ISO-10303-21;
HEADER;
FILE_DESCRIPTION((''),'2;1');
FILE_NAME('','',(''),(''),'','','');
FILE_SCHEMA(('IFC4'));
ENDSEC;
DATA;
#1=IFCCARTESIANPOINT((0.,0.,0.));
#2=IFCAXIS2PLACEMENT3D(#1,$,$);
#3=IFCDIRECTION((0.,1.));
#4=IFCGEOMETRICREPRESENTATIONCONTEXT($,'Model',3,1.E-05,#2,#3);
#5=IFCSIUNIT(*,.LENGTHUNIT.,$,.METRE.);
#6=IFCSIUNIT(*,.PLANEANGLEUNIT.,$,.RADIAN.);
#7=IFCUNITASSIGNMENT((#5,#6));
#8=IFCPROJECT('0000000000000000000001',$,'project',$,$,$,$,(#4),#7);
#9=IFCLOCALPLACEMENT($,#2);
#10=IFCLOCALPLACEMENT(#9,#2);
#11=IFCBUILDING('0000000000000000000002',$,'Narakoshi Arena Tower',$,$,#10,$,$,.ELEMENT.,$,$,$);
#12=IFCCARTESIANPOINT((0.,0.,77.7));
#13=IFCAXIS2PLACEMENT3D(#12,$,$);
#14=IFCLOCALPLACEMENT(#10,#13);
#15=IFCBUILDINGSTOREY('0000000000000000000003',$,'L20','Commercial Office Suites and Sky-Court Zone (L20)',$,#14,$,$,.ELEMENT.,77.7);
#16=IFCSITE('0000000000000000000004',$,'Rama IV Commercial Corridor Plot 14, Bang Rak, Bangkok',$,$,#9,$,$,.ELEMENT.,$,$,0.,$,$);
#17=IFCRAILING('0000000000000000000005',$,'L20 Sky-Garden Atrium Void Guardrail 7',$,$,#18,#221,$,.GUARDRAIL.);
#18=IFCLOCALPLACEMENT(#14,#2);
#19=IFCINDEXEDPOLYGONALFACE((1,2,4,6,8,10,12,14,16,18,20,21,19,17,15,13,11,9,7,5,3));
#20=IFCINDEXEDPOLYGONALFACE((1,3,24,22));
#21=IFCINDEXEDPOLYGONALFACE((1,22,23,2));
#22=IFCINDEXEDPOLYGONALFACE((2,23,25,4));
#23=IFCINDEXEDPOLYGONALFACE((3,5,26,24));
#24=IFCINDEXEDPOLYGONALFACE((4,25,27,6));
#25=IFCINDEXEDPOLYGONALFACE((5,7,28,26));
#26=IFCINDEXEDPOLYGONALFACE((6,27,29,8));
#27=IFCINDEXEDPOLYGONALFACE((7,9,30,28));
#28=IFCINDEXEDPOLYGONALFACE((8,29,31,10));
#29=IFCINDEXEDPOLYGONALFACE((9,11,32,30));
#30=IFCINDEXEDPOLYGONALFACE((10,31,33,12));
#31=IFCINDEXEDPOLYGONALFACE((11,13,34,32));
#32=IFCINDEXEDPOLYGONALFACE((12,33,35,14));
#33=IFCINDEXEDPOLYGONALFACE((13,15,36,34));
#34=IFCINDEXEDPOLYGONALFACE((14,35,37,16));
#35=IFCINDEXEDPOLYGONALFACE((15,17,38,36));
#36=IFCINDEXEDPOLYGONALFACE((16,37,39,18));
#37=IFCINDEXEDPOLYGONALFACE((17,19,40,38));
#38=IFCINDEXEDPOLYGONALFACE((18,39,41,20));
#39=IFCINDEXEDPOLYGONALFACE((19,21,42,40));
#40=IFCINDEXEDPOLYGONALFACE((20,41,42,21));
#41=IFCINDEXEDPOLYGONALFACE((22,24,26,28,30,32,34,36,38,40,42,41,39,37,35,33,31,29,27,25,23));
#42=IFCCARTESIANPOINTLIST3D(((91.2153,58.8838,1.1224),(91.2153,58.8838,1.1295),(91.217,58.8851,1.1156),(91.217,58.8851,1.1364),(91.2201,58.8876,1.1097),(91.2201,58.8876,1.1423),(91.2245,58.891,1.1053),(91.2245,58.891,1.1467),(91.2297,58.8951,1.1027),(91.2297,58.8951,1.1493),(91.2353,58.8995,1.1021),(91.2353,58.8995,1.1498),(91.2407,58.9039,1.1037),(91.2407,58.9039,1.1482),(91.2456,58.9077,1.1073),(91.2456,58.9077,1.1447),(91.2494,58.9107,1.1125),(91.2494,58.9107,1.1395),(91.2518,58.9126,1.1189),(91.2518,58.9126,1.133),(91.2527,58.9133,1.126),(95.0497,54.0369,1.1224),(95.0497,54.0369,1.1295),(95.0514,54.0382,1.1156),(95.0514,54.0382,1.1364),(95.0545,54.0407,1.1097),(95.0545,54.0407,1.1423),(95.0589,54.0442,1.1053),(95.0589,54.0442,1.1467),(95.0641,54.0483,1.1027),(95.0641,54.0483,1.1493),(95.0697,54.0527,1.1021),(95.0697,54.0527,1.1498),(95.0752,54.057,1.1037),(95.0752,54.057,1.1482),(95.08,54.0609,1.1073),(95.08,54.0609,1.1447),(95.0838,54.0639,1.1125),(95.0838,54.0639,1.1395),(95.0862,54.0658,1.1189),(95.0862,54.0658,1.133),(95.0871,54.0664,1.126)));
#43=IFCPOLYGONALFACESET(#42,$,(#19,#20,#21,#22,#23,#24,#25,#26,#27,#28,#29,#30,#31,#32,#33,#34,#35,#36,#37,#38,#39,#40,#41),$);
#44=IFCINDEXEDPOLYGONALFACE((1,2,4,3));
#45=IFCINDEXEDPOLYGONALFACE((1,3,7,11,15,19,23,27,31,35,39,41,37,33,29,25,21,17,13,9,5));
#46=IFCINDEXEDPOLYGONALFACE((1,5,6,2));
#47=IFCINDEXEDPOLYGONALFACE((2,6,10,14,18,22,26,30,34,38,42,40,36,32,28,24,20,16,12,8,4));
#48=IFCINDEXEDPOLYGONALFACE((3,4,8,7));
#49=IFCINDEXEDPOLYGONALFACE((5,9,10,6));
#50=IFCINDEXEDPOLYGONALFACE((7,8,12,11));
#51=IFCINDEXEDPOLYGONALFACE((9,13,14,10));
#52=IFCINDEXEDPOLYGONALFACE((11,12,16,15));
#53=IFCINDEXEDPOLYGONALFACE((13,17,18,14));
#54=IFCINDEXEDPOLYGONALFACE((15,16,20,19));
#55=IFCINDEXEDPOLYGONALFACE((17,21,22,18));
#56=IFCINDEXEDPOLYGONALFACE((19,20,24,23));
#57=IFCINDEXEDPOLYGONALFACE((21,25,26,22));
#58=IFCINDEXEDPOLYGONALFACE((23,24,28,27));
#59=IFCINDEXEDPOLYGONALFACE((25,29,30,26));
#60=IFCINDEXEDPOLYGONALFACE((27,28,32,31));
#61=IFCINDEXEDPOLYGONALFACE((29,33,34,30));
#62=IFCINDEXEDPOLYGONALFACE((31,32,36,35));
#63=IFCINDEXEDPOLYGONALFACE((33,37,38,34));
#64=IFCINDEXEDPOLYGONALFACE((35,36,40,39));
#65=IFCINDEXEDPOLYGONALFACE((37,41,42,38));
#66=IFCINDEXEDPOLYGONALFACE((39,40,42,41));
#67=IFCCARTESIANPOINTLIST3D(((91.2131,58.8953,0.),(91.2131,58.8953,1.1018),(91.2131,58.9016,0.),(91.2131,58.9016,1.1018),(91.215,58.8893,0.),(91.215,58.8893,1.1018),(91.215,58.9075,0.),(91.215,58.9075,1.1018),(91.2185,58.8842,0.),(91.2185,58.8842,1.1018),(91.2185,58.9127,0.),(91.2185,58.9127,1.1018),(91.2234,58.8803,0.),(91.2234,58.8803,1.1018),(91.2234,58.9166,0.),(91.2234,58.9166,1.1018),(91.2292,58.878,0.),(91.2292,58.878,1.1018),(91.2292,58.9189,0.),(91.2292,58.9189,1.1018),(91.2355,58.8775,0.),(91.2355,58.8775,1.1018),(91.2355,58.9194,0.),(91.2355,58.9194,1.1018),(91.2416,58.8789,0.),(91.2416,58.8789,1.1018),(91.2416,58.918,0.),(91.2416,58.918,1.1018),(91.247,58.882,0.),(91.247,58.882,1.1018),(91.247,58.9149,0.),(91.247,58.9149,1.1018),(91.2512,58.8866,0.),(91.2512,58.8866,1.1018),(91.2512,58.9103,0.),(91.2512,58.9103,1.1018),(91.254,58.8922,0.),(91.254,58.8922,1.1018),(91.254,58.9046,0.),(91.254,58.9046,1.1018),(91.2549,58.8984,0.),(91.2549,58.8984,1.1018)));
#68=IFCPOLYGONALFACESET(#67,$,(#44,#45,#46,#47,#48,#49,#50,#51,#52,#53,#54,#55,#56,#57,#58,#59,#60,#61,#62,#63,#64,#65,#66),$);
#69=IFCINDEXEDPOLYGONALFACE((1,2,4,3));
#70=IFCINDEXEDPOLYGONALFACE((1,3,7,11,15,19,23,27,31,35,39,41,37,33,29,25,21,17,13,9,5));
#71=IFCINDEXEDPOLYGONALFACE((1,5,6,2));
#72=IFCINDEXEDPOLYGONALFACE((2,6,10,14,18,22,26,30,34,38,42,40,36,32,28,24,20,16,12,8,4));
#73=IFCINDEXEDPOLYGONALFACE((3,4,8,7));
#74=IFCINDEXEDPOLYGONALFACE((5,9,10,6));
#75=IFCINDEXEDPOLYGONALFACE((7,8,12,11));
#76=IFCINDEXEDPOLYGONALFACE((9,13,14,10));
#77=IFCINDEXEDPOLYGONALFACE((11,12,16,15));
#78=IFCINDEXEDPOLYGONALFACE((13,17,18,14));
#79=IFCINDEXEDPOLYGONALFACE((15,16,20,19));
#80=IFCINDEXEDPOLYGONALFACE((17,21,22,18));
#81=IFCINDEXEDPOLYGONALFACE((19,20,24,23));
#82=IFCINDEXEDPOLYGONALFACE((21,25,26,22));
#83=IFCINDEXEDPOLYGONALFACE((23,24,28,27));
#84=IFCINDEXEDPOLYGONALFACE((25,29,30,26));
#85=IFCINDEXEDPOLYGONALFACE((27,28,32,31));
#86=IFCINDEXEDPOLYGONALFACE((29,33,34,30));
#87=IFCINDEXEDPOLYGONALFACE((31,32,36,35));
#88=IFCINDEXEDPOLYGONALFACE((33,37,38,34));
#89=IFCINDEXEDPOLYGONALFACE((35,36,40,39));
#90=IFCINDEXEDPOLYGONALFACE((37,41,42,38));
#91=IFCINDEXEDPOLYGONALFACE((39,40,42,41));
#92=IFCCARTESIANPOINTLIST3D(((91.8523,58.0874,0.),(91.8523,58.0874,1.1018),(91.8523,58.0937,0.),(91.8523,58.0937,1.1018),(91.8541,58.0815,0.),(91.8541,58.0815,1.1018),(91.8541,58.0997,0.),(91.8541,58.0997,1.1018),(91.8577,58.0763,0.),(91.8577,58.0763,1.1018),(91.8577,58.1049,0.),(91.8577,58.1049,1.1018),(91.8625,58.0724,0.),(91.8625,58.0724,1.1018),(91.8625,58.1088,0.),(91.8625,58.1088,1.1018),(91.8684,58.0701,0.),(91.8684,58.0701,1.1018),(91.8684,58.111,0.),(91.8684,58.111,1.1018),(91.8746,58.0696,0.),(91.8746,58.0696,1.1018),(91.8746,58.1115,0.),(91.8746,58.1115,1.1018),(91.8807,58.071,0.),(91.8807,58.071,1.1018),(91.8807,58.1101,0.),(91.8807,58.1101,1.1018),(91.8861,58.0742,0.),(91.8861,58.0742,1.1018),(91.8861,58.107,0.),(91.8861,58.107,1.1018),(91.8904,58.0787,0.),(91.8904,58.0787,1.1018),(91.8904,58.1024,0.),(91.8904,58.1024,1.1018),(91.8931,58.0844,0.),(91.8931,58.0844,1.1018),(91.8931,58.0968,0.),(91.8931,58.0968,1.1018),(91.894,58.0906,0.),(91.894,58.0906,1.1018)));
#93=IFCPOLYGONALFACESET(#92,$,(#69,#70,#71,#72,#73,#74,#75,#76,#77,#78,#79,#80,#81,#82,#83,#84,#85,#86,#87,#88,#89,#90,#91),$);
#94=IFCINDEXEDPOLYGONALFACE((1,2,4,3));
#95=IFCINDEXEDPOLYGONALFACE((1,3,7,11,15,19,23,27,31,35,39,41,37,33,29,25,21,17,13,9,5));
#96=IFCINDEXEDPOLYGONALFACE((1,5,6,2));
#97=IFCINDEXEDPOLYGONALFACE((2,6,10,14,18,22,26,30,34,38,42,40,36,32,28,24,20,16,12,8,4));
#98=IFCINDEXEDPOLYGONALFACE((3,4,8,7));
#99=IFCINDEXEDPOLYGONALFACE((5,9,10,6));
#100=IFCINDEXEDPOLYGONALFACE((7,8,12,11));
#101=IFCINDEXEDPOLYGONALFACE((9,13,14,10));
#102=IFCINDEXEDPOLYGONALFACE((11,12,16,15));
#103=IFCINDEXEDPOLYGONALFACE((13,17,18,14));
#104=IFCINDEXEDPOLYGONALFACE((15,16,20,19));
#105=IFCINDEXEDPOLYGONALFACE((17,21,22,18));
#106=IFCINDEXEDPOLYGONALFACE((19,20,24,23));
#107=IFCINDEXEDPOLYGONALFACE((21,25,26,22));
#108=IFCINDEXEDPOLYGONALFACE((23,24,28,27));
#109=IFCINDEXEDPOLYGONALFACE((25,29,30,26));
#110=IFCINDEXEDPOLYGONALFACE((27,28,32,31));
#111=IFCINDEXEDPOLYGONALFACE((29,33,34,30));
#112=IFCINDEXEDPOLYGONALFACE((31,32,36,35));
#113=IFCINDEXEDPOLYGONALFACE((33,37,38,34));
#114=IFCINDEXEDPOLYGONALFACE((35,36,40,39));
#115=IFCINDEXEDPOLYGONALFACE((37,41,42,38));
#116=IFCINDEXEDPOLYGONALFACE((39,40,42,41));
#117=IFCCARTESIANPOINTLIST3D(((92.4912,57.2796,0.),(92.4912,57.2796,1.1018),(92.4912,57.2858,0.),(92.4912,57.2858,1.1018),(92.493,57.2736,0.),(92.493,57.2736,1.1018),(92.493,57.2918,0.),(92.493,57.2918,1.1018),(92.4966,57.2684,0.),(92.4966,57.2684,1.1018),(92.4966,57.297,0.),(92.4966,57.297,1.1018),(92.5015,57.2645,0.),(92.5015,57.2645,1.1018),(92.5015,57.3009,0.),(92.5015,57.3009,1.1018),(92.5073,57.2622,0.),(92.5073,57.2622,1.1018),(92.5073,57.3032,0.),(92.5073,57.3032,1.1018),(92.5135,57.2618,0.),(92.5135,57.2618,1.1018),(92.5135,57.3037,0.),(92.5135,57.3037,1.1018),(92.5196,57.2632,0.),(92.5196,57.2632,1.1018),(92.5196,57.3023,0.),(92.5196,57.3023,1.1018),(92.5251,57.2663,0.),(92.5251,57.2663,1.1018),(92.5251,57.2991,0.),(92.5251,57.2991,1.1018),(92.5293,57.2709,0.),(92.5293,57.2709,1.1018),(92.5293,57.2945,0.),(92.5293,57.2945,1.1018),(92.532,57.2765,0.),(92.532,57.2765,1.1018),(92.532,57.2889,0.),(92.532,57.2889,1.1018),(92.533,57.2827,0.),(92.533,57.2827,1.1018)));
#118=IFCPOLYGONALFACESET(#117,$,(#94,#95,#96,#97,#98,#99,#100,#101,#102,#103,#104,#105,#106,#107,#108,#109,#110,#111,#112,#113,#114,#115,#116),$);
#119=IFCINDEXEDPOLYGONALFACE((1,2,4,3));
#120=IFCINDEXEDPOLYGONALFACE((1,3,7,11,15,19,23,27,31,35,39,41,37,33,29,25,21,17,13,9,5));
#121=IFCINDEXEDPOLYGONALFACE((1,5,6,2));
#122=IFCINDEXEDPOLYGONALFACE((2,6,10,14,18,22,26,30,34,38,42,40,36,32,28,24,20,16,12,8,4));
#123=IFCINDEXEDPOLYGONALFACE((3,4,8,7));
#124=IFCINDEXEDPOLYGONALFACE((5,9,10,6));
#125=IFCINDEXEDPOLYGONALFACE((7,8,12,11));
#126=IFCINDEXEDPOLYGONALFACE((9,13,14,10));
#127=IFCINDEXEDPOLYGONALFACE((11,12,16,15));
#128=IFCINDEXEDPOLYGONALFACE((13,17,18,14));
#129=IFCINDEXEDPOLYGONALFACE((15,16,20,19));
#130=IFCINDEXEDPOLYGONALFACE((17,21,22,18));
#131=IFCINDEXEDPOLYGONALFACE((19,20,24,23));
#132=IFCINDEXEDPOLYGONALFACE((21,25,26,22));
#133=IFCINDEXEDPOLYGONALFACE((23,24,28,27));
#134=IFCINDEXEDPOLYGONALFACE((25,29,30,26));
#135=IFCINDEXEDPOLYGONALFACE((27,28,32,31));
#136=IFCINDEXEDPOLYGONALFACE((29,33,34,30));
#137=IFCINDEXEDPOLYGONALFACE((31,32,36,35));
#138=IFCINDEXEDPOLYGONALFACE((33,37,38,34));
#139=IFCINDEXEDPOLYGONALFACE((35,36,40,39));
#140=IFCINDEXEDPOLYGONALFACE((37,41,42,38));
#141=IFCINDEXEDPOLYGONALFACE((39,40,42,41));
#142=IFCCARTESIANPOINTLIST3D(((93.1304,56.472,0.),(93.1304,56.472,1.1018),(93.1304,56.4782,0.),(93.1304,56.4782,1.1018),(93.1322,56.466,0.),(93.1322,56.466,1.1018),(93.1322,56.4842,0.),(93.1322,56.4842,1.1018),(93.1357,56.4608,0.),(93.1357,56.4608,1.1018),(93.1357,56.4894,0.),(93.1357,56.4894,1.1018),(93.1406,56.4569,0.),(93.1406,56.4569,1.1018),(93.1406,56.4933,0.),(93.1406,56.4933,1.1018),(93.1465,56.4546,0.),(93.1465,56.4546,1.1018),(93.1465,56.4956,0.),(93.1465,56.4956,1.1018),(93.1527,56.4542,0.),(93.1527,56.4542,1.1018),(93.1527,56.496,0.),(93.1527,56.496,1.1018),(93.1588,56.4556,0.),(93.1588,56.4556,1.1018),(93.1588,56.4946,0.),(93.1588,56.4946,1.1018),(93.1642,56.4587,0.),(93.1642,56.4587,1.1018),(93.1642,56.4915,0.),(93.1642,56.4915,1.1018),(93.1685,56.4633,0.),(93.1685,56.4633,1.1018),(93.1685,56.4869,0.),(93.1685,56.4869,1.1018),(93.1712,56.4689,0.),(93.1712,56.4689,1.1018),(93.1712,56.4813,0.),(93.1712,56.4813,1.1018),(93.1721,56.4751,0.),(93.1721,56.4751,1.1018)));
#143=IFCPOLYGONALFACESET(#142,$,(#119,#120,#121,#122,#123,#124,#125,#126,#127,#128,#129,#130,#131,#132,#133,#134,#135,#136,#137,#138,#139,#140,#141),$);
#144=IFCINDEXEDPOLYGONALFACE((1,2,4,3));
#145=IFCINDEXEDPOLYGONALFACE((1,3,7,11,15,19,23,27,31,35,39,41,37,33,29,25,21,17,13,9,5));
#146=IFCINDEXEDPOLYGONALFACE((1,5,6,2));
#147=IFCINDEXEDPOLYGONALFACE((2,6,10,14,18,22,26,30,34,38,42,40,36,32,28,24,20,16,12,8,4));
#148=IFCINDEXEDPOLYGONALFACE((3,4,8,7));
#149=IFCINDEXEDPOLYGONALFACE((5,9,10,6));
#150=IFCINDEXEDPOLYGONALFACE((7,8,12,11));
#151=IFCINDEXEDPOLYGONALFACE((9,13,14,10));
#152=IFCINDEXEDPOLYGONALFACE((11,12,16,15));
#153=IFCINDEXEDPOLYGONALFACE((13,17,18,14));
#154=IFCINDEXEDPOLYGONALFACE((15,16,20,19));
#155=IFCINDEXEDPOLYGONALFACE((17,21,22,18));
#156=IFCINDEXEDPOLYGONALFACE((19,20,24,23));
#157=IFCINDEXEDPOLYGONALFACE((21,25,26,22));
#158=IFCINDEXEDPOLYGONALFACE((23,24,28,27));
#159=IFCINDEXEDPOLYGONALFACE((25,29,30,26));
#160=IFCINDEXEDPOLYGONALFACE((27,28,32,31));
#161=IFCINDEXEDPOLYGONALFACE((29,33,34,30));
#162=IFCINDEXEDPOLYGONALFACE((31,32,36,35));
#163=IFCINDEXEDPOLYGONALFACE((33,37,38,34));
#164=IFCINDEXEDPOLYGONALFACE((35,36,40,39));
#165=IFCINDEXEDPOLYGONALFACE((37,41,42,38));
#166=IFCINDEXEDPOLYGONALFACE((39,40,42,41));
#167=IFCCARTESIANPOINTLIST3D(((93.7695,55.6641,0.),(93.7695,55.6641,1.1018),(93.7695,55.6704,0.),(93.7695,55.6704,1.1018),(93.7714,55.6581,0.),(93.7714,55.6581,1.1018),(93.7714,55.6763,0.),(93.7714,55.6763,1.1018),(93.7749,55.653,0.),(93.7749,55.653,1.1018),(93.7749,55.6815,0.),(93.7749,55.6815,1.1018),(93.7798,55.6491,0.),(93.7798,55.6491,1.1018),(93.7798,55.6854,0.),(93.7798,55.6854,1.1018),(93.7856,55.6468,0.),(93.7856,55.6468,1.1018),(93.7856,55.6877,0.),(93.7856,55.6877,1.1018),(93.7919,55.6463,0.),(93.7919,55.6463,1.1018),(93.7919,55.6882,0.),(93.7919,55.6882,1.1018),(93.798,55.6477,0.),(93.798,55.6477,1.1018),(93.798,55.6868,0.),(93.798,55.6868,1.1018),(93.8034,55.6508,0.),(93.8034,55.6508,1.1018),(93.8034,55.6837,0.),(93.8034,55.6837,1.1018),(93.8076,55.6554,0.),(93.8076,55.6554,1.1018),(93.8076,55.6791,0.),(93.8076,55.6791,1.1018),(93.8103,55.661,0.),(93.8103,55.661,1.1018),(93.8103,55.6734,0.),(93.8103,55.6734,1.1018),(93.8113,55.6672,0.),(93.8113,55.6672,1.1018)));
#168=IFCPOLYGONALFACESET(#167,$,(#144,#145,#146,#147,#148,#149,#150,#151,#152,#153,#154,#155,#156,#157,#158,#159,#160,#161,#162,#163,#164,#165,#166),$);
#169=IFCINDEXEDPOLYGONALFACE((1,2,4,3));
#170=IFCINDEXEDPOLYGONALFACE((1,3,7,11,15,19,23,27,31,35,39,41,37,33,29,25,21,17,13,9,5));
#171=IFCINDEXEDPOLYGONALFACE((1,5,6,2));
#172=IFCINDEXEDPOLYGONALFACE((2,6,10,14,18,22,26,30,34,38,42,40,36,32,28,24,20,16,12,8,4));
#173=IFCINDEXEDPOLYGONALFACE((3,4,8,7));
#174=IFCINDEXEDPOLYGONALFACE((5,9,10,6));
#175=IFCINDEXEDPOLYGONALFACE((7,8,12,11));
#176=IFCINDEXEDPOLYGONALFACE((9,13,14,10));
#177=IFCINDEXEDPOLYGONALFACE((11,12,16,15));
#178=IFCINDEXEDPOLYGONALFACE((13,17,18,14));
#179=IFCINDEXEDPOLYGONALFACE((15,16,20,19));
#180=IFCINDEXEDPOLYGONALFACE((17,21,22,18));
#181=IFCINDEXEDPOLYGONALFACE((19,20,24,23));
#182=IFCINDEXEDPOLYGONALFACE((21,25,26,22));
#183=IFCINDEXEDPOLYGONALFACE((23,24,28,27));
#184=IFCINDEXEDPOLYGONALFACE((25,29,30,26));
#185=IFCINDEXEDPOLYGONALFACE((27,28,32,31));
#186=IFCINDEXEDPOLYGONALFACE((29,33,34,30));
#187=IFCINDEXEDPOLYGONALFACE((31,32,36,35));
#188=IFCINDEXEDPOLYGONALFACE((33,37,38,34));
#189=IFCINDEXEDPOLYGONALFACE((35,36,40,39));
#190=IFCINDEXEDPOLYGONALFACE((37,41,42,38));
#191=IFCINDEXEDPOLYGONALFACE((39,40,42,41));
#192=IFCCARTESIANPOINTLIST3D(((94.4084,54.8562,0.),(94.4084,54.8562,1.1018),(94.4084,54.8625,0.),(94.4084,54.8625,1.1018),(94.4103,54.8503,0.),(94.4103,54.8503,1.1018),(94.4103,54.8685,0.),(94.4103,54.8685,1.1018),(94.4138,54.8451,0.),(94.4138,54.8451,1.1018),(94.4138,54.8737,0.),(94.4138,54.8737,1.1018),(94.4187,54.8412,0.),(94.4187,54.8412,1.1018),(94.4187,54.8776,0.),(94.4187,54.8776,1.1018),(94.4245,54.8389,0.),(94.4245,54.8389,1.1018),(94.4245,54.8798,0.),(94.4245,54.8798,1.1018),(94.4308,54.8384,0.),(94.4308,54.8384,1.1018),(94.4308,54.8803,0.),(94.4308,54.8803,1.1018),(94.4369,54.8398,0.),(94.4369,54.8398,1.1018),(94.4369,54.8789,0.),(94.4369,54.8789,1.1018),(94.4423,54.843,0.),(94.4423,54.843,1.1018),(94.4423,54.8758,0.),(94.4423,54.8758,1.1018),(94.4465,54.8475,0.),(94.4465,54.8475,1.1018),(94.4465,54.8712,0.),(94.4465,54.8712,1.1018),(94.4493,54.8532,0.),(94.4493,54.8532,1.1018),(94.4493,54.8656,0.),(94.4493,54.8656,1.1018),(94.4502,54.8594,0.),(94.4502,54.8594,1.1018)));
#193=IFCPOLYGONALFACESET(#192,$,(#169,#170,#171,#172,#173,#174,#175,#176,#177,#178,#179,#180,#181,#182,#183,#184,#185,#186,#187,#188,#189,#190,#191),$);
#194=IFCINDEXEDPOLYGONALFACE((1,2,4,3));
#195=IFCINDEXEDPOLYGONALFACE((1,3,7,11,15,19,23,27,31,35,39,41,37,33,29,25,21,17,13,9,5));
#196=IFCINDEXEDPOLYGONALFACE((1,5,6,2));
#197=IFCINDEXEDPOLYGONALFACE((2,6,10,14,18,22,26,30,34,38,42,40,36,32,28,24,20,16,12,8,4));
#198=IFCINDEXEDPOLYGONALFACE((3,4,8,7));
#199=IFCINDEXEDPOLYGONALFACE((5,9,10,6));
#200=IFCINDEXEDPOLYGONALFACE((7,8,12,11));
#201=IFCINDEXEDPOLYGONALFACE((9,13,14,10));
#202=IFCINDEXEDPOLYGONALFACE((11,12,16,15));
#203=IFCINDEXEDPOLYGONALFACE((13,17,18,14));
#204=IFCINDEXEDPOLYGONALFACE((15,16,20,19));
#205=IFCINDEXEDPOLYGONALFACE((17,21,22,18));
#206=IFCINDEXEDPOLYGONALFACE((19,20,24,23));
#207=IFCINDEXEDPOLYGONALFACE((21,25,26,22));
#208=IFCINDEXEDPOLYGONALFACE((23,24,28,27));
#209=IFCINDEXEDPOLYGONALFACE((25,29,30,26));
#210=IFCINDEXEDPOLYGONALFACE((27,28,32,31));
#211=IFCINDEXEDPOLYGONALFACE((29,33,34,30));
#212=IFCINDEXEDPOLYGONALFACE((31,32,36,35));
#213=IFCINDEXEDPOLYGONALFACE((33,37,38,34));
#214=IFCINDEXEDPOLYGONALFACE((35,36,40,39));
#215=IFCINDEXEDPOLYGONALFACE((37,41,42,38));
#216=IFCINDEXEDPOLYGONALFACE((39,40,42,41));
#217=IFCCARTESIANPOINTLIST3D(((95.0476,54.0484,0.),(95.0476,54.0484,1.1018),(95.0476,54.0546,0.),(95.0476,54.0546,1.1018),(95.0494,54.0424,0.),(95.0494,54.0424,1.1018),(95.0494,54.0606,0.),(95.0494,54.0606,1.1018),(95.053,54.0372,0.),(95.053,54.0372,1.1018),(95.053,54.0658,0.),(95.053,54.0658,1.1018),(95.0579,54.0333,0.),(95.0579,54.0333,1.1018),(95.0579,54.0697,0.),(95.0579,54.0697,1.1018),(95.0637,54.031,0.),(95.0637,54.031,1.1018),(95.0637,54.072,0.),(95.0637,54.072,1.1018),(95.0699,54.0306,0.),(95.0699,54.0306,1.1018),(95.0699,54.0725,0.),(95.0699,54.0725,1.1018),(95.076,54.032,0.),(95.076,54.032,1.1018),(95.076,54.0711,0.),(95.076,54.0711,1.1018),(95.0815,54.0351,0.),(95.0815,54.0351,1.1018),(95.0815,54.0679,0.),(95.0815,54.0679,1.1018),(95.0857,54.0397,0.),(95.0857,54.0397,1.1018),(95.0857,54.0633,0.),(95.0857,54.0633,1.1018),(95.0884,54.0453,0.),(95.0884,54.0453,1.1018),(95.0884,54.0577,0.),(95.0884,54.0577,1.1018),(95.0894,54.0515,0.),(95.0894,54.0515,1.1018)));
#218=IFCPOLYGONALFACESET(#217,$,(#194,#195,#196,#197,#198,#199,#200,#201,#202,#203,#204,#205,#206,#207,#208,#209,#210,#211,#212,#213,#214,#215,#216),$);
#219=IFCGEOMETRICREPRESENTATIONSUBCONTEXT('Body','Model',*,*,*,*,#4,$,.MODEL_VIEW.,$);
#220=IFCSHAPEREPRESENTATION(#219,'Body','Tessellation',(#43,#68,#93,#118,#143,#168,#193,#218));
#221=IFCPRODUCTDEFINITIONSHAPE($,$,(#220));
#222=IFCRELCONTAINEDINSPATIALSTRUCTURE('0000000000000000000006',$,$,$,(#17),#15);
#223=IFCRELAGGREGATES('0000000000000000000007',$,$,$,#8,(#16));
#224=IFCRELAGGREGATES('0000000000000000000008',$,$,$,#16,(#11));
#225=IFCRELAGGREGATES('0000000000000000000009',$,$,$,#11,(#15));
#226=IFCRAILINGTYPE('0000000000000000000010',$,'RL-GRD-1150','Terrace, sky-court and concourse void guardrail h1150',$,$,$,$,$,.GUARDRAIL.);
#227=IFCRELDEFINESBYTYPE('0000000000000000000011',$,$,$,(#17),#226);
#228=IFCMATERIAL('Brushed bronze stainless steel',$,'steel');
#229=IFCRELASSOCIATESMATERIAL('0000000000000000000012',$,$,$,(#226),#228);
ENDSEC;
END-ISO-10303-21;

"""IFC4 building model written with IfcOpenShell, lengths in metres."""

from ifc_helpers import new_model, si_unit, direction, frame, origin, origin_2d, place, context, subcontext, project, spatial, circle, extrude, material, type_object, element, save


model = new_model("IFC4")

# Units and contexts
model_context = context("Model", 3, precision=1e-05, world=origin(), true_north=direction((0.0, 1.0)))
body_context = subcontext(model_context, "Body", "Model", "MODEL_VIEW")
ifc_project = project(units=[si_unit("LENGTHUNIT", "METRE"), si_unit("PLANEANGLEUNIT", "RADIAN")], contexts=[model_context])

# Site, building, storey
site_placement = place(None, origin())
site = spatial("IfcSite", under=ifc_project, at=site_placement, Name="Rama IV Commercial Corridor Plot 14, Bang Rak, Bangkok", CompositionType="ELEMENT", RefElevation=0.0)
building_placement = place(site_placement, origin())
building = spatial("IfcBuilding", under=site, at=building_placement, Name="Narakoshi Arena Tower", CompositionType="ELEMENT")
storey_placement = place(building_placement, frame((0.0, 0.0, 77.7)))
storey = spatial("IfcBuildingStorey", under=building, at=storey_placement, Name="L20", Description="Commercial Office Suites and Sky-Court Zone (L20)", CompositionType="ELEMENT", Elevation=77.7)

# Railing
ifc_material_1 = material(Name="Brushed bronze stainless steel", Category="steel")
railing_type = type_object("IfcRailingType", Name="RL-GRD-1150", Description="Terrace, sky-court and concourse void guardrail h1150", PredefinedType="GUARDRAIL", material=ifc_material_1)
railing_1_placement = place(storey_placement, frame((91.2339, 58.8984, 0.0)))
element("IfcRailing", 1, at=railing_1_placement, inside=storey, type_object=railing_type, Name="L20 Sky-Garden Atrium Void Guardrail 7", PredefinedType="GUARDRAIL", context=body_context, shape_type="SweptSolid", body=[
    extrude(circle(Radius=0.0239, at=origin_2d()), frame((0.0, 0.0, 1.126), z_axis=(0.620437, -0.784256, 0.0), x_axis=(0.784256, 0.620437, 0.0)), (0.0, 0.0, 1.0), 6.1802),
    extrude(circle(Radius=0.021, at=origin_2d()), origin(), (0.0, 0.0, 1.0), 1.1018),
    extrude(circle(Radius=0.021, at=origin_2d()), frame((0.6392, -0.8079, 0.0)), (0.0, 0.0, 1.0), 1.1018),
    extrude(circle(Radius=0.021, at=origin_2d()), frame((1.2781, -1.6157, 0.0)), (0.0, 0.0, 1.0), 1.1018),
    extrude(circle(Radius=0.021, at=origin_2d()), frame((1.9172, -2.4233, 0.0)), (0.0, 0.0, 1.0), 1.1018),
    extrude(circle(Radius=0.021, at=origin_2d()), frame((2.5564, -3.2312, 0.0)), (0.0, 0.0, 1.0), 1.1018),
    extrude(circle(Radius=0.021, at=origin_2d()), frame((3.1953, -4.0391, 0.0)), (0.0, 0.0, 1.0), 1.1018),
    extrude(circle(Radius=0.021, at=origin_2d()), frame((3.8345, -4.8469, 0.0)), (0.0, 0.0, 1.0), 1.1018),
])

save(model, "model.ifc")
